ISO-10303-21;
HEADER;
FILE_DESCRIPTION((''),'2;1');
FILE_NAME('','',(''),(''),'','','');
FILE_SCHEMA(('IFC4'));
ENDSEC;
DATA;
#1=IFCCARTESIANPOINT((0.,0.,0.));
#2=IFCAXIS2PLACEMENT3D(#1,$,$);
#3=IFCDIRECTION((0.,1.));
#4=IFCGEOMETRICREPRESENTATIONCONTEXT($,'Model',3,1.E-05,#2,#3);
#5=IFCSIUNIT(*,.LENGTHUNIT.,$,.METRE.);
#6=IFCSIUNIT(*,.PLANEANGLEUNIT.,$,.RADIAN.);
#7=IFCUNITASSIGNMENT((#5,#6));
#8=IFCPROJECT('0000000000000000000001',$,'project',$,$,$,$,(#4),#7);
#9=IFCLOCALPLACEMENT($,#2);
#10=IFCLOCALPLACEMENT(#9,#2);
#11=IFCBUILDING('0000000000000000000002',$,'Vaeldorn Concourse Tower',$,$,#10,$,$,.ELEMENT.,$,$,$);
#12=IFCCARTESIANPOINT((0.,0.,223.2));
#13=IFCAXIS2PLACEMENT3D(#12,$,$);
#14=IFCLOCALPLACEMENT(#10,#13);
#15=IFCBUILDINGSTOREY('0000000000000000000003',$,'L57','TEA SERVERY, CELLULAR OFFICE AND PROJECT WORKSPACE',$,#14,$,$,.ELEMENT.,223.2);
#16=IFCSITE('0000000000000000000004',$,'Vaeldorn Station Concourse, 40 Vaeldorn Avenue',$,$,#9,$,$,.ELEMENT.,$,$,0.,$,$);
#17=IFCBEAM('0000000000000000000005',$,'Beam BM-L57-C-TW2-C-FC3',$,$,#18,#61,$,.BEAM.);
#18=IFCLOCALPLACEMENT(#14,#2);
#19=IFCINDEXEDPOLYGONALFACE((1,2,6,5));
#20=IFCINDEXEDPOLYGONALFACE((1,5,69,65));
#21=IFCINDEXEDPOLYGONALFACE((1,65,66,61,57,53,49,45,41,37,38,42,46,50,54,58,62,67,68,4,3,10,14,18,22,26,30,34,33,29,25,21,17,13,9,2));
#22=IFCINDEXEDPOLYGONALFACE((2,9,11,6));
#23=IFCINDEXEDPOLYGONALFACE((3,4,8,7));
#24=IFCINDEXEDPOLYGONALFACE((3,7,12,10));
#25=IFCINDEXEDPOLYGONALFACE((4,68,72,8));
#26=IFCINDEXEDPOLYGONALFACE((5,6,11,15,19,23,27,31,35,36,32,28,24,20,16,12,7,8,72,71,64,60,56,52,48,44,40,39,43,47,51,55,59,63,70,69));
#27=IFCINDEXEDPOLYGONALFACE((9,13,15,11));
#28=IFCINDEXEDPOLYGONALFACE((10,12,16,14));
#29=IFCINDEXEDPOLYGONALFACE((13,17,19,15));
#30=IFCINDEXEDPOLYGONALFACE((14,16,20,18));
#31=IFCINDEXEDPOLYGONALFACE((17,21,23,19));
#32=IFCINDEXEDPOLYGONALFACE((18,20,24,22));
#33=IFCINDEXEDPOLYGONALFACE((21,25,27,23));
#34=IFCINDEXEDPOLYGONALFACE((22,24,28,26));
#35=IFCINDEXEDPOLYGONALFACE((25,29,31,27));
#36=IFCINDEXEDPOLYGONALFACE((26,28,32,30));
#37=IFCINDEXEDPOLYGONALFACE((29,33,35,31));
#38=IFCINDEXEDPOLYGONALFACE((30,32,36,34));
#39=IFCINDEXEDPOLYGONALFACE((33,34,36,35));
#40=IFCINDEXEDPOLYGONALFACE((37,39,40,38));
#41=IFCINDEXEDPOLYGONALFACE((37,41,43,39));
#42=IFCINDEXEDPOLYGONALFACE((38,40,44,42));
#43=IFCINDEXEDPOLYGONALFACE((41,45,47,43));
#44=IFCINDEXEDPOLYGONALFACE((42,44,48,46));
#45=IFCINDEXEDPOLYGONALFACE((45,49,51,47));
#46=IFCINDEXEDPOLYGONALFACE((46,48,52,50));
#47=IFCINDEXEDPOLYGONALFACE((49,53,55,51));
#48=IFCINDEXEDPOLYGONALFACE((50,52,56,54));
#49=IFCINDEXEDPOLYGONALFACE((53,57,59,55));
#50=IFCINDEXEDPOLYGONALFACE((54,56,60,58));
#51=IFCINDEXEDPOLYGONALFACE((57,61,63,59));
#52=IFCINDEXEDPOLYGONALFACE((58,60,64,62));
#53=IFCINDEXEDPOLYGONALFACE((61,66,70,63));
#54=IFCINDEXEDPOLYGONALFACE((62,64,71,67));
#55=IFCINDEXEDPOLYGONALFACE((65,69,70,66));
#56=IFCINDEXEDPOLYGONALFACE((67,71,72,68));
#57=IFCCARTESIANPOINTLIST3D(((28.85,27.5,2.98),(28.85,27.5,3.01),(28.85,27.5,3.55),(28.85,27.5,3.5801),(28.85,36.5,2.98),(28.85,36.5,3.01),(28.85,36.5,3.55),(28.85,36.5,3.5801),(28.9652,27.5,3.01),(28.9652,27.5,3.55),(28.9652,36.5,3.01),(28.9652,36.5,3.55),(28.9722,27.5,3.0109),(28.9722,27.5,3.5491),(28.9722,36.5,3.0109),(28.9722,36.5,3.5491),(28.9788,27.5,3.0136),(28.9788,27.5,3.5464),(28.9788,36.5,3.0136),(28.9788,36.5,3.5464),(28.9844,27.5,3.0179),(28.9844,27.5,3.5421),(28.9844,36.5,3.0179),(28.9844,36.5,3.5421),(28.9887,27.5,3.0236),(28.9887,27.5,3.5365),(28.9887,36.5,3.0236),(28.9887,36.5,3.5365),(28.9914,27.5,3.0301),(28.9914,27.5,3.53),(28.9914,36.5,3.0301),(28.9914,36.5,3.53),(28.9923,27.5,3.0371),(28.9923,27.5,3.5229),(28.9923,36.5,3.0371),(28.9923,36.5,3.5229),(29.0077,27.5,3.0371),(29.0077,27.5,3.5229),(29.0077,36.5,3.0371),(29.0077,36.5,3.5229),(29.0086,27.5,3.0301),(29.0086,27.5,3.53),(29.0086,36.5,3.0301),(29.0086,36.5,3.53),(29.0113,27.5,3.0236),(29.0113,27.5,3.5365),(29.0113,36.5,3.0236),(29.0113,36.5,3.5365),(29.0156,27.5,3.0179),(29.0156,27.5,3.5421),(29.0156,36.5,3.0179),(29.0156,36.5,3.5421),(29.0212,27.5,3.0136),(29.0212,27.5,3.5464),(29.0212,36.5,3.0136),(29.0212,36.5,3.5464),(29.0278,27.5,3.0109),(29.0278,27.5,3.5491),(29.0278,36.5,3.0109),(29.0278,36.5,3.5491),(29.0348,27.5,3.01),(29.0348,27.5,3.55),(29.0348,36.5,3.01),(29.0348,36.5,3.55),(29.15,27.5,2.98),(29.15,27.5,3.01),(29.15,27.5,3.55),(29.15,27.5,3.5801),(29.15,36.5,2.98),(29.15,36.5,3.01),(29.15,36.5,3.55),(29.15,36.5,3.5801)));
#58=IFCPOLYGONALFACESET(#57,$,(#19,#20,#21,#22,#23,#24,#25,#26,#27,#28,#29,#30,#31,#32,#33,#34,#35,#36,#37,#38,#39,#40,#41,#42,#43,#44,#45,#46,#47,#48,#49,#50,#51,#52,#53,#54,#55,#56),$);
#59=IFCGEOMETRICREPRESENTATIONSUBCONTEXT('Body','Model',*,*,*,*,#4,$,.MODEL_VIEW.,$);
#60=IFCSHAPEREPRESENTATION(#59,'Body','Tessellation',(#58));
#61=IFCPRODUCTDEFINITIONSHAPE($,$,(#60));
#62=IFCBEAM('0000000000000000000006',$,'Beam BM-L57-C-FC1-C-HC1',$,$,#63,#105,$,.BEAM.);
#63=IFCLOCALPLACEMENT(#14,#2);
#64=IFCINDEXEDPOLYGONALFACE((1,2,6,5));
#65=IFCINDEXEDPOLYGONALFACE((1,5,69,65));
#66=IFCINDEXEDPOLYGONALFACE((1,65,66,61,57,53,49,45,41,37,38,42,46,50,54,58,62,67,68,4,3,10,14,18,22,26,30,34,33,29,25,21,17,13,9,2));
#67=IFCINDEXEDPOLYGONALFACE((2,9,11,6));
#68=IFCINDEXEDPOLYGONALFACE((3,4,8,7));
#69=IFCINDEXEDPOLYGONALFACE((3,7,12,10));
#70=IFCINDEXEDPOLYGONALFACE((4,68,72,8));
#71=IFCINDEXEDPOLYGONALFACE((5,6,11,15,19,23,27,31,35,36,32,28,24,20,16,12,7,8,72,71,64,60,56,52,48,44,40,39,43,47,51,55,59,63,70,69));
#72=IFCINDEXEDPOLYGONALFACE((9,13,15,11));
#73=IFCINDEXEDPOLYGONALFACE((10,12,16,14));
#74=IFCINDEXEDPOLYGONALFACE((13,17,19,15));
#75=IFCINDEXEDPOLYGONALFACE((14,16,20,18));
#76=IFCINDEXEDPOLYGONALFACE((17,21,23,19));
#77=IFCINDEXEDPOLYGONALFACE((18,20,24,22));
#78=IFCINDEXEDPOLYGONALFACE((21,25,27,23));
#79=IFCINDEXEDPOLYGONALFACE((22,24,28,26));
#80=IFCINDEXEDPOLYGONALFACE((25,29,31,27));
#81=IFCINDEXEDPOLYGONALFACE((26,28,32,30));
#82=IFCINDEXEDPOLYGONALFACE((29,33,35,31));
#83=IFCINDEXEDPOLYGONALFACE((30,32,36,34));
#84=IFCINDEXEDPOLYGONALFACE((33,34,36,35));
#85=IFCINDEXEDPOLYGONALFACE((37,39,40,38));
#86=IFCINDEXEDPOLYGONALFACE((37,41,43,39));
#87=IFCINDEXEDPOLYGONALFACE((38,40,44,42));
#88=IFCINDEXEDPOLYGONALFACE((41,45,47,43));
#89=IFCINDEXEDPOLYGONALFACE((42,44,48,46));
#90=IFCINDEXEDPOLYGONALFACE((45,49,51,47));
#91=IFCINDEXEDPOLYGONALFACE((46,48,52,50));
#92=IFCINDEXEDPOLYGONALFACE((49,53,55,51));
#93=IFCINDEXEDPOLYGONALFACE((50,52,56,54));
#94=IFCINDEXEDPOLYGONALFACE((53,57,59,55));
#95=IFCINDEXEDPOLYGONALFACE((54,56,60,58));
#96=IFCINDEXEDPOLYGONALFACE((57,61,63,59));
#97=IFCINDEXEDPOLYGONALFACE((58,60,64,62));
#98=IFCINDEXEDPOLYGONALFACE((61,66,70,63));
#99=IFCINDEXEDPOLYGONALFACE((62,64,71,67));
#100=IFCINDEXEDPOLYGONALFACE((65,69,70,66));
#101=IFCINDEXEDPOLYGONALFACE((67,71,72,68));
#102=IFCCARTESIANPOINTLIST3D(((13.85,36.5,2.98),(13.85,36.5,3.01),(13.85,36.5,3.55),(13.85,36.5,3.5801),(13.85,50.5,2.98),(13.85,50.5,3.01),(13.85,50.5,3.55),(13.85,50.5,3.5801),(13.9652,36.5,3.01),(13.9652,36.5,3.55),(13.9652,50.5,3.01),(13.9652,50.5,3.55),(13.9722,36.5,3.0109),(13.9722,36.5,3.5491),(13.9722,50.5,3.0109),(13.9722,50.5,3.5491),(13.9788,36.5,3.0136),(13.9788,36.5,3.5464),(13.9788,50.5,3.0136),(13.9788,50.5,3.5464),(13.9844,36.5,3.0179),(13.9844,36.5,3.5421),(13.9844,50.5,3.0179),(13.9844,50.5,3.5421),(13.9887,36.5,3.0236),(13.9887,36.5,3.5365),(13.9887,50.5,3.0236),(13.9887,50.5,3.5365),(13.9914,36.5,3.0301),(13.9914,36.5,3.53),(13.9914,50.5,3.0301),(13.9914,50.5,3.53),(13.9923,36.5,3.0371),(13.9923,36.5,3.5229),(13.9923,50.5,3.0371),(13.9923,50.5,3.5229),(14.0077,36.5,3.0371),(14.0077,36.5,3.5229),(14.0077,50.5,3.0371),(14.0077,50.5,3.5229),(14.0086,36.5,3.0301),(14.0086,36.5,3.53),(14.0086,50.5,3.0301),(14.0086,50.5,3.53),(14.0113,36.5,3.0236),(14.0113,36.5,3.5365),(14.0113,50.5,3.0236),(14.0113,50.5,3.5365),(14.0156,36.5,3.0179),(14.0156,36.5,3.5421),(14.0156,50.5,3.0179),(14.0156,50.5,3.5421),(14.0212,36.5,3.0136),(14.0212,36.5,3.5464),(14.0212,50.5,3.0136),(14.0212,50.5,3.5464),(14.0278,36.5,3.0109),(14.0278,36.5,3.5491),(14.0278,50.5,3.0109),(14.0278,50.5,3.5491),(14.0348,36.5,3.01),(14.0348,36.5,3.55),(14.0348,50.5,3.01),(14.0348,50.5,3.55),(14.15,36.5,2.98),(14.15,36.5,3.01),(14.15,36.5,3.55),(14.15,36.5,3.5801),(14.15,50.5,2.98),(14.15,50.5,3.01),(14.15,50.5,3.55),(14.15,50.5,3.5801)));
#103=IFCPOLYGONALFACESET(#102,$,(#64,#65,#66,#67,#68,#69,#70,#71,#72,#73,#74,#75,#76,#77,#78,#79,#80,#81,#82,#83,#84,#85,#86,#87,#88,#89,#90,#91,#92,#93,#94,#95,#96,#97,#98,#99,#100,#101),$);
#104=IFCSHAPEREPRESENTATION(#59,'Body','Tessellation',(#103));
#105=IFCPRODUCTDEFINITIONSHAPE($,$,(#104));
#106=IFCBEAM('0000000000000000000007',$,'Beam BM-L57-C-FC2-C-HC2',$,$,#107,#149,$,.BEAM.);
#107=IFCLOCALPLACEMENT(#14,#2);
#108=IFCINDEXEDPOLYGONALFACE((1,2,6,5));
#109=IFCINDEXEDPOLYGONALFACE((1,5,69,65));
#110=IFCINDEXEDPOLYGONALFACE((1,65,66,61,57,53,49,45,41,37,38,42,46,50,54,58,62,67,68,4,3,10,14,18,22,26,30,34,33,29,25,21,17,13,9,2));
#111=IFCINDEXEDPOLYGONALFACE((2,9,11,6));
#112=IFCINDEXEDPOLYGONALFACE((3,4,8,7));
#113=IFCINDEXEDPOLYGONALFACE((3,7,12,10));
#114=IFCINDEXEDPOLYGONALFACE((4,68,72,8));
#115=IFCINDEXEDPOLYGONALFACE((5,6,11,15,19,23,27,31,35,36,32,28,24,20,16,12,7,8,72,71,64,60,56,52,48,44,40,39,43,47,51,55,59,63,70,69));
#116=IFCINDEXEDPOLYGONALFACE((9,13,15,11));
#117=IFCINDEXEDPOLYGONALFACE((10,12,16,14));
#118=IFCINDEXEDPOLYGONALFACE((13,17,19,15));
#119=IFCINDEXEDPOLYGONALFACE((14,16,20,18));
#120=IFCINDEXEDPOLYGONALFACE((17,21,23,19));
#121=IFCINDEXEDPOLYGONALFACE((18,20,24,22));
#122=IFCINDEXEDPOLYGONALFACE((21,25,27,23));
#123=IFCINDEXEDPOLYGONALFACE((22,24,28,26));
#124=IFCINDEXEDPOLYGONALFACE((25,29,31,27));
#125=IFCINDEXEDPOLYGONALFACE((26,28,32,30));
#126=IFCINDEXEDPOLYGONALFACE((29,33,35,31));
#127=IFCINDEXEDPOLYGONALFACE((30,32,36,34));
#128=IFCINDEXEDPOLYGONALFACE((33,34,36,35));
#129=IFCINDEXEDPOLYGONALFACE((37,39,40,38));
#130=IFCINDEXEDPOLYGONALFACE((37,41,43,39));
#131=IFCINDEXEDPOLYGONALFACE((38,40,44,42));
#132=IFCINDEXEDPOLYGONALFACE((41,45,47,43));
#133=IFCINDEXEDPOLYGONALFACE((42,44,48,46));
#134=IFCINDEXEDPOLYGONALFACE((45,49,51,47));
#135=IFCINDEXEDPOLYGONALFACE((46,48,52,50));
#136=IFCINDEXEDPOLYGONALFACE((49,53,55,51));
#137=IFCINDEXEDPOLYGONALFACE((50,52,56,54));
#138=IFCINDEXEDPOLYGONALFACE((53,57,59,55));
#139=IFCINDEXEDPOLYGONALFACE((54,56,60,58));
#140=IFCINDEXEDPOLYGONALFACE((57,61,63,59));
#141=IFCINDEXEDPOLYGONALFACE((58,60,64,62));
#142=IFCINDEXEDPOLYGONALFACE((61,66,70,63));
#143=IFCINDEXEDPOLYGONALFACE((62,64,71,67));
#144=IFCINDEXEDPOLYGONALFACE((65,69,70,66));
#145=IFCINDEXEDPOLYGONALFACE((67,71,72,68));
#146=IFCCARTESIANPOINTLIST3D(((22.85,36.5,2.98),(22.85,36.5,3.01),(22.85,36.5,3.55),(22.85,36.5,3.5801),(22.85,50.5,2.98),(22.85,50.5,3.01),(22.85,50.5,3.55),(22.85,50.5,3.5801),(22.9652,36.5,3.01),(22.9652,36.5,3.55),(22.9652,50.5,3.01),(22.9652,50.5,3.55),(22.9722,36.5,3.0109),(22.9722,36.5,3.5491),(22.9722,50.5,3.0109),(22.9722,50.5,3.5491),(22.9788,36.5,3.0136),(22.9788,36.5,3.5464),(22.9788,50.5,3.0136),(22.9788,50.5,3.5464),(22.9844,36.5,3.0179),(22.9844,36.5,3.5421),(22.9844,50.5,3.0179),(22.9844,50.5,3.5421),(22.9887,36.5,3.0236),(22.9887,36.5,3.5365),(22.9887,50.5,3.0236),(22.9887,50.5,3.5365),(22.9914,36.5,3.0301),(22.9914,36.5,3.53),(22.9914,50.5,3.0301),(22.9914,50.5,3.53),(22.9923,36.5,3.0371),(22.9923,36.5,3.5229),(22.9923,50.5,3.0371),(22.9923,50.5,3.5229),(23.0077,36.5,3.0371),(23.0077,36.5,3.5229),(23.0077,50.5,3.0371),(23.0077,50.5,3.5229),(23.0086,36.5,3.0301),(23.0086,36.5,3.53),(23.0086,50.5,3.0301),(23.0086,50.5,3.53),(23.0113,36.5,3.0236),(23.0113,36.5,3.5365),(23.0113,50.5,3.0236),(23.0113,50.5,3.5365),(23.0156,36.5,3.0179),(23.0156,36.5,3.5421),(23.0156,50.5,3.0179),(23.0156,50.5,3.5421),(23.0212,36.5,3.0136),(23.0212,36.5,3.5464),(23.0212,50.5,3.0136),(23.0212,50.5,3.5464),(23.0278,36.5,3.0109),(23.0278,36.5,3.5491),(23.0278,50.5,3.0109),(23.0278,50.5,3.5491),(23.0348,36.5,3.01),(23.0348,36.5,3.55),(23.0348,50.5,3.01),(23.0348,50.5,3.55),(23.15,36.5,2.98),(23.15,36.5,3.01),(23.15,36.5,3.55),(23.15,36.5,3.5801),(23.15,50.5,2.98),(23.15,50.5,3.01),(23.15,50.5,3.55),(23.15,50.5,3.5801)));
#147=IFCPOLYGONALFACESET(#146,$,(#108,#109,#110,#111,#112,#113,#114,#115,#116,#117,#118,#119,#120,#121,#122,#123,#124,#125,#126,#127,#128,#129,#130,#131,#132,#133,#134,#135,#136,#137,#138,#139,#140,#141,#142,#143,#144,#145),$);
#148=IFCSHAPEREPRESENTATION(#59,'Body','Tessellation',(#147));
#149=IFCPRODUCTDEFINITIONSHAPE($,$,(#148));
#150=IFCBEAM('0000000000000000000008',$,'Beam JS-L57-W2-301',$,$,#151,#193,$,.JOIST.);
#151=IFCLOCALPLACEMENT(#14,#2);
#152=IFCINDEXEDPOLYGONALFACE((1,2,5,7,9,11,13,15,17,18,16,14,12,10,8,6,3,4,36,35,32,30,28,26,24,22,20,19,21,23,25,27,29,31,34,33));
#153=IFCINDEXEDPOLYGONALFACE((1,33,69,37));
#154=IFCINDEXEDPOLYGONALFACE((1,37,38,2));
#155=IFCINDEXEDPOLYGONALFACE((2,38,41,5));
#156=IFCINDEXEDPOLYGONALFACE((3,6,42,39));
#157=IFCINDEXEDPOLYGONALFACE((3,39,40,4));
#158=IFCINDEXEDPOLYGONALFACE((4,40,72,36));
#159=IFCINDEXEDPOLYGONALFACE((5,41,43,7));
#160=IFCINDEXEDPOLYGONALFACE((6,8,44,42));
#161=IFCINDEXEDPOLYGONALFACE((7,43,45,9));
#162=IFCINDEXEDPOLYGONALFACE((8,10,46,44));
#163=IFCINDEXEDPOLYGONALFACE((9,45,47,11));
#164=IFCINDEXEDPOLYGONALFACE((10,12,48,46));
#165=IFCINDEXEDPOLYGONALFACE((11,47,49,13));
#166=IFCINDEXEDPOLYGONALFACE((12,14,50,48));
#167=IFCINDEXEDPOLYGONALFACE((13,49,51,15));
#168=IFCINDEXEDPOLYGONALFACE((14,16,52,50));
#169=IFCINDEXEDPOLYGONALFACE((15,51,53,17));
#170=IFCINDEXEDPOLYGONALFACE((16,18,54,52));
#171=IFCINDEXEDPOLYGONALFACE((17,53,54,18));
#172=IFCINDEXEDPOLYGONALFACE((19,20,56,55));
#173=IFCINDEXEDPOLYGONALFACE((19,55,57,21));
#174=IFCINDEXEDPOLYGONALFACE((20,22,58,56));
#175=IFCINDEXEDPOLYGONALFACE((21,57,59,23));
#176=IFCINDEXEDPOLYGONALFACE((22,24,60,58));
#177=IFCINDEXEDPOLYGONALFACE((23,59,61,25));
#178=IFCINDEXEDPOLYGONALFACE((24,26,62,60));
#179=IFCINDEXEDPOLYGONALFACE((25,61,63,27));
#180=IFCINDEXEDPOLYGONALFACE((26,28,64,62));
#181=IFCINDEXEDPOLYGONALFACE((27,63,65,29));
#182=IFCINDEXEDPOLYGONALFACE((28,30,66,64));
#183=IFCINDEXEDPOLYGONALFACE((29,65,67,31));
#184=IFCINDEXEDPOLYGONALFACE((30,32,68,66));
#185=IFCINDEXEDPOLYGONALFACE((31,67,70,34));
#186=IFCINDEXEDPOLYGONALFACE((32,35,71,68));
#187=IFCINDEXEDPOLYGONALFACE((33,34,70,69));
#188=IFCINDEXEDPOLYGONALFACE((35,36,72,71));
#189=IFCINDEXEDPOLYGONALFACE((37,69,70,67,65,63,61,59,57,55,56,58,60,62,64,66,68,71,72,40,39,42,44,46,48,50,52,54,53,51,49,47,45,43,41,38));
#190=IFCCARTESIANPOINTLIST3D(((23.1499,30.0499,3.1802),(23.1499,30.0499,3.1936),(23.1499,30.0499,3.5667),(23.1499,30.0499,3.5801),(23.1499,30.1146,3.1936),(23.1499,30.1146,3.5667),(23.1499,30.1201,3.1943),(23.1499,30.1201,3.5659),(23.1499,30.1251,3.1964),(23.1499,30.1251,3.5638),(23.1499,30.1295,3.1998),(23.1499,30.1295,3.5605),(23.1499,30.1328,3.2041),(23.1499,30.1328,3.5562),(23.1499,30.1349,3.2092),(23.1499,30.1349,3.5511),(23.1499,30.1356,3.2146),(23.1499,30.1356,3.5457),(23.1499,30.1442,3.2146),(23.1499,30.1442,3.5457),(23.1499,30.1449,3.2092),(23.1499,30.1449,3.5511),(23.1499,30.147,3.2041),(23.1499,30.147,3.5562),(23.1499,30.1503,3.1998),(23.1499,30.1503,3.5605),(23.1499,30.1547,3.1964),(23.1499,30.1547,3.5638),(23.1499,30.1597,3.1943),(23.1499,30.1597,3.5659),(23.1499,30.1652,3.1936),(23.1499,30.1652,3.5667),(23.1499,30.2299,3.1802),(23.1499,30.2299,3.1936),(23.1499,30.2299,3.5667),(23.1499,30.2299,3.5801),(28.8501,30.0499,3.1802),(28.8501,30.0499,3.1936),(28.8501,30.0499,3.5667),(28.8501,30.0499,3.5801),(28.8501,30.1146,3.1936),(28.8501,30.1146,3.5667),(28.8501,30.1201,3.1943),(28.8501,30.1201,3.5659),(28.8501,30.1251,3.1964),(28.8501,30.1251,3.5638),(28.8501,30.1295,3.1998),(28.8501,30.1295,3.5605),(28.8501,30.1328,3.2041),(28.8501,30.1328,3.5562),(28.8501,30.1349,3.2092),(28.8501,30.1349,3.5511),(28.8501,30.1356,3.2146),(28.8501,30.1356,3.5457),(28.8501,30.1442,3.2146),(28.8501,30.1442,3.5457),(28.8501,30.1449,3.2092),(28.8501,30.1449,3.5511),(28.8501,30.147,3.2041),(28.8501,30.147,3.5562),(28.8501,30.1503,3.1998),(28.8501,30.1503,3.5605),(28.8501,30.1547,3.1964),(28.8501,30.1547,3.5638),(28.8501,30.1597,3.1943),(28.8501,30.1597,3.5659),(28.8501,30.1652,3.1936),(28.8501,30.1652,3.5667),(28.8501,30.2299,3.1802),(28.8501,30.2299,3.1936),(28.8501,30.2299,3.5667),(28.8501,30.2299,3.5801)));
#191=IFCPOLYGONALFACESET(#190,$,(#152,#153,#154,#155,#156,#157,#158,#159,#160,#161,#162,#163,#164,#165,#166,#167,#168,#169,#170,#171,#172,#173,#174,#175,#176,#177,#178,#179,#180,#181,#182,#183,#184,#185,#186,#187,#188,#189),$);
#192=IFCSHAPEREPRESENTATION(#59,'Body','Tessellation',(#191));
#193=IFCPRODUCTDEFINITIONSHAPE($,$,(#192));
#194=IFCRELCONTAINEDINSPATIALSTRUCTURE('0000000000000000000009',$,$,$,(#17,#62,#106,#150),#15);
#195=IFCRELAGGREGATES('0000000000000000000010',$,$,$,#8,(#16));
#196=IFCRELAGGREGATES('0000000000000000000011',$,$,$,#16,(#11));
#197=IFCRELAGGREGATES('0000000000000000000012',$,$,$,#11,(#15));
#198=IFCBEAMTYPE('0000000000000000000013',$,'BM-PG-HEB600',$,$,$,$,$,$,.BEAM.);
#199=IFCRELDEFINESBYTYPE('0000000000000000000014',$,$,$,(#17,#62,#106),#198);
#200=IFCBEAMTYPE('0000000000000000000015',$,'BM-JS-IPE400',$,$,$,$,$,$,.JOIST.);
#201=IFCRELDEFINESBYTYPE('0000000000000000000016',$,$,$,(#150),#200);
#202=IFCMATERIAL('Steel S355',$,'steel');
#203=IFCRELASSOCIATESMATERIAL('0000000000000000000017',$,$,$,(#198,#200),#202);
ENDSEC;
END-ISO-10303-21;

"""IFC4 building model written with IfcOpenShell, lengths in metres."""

from ifc_helpers import new_model, si_unit, direction, frame, origin, origin_2d, place, context, subcontext, project, spatial, i_section, extrude, source, transform, mapped, material, material_profile, profile_set, type_object, element, save


model = new_model("IFC4")

# Units and contexts
model_context = context("Model", 3, precision=1e-05, world=origin(), true_north=direction((0.0, 1.0)))
body_context = subcontext(model_context, "Body", "Model", "MODEL_VIEW")
ifc_project = project(units=[si_unit("LENGTHUNIT", "METRE"), si_unit("PLANEANGLEUNIT", "RADIAN")], contexts=[model_context])

# Site, building, storey
site_placement = place(None, origin())
site = spatial("IfcSite", under=ifc_project, at=site_placement, Name="Vaeldorn Station Concourse, 40 Vaeldorn Avenue", CompositionType="ELEMENT", RefElevation=0.0)
building_placement = place(site_placement, origin())
building = spatial("IfcBuilding", under=site, at=building_placement, Name="Vaeldorn Concourse Tower", CompositionType="ELEMENT")
storey_placement = place(building_placement, frame((0.0, 0.0, 223.2)))
storey = spatial("IfcBuildingStorey", under=building, at=storey_placement, Name="L57", Description="TEA SERVERY, CELLULAR OFFICE AND PROJECT WORKSPACE", CompositionType="ELEMENT", Elevation=223.2)

# Shared definitions
ifc_material_1 = material(Name="Steel S355", Category="steel")

# Beams
ifc_material_profile_1 = material_profile(ifc_material_1, i_section(OverallWidth=0.3, OverallDepth=0.6001, WebThickness=0.0154, FlangeThickness=0.03, FilletRadius=0.0271, at=origin_2d()), Name="HEB 600")
ifc_profile_set_1 = profile_set([ifc_material_profile_1], Name="Steel S355")
beam_type_1 = type_object("IfcBeamType", Name="BM-PG-HEB600", PredefinedType="BEAM", material=ifc_profile_set_1)
shared_shape_1 = source(origin(), body_context, "Body", "SweptSolid", [
    extrude(i_section(OverallWidth=0.3, OverallDepth=0.6001, WebThickness=0.0154, FlangeThickness=0.03, FilletRadius=0.0271, at=origin_2d()), origin(), (0.0, 0.0, 1.0), 9.0),
])
for number, where, z_axis, x_axis, name in (
    (1, (29.0, 27.5, 3.28), (0.0, 1.0, 0.0), (-1.0, 0.0, 0.0), "Beam BM-L57-C-TW2-C-FC3"),
):
    element("IfcBeam", number, at=place(storey_placement, frame(where, z_axis=z_axis, x_axis=x_axis)), inside=storey, type_object=beam_type_1, Name=name, PredefinedType="BEAM", context=body_context, shape_type="MappedRepresentation", body=[
        mapped(shared_shape_1, transform((0.0, 0.0, 0.0), scale=1.0)),
    ])
shared_shape_2 = source(origin(), body_context, "Body", "SweptSolid", [
    extrude(i_section(OverallWidth=0.3, OverallDepth=0.6001, WebThickness=0.0154, FlangeThickness=0.03, FilletRadius=0.0271, at=origin_2d()), origin(), (0.0, 0.0, 1.0), 14.0),
])
for number, where, z_axis, x_axis, name in (
    (2, (14.0, 36.5, 3.28), (0.0, 1.0, 0.0), (-1.0, 0.0, 0.0), "Beam BM-L57-C-FC1-C-HC1"),
    (3, (23.0, 36.5, 3.28), (0.0, 1.0, 0.0), (-1.0, 0.0, 0.0), "Beam BM-L57-C-FC2-C-HC2"),
):
    element("IfcBeam", number, at=place(storey_placement, frame(where, z_axis=z_axis, x_axis=x_axis)), inside=storey, type_object=beam_type_1, Name=name, PredefinedType="BEAM", context=body_context, shape_type="MappedRepresentation", body=[
        mapped(shared_shape_2, transform((0.0, 0.0, 0.0), scale=1.0)),
    ])
ifc_material_profile_2 = material_profile(ifc_material_1, i_section(OverallWidth=0.1799, OverallDepth=0.3999, WebThickness=0.0085, FlangeThickness=0.0134, FilletRadius=0.021, at=origin_2d()), Name="IPE 400")
ifc_profile_set_2 = profile_set([ifc_material_profile_2], Name="Steel S355")
beam_type_2 = type_object("IfcBeamType", Name="BM-JS-IPE400", PredefinedType="JOIST", material=ifc_profile_set_2)
shared_shape_3 = source(origin(), body_context, "Body", "SweptSolid", [
    extrude(i_section(OverallWidth=0.1799, OverallDepth=0.3999, WebThickness=0.0085, FlangeThickness=0.0134, FilletRadius=0.021, at=origin_2d()), origin(), (0.0, 0.0, 1.0), 5.7002),
])
for number, where, z_axis, x_axis, name in (
    (4, (23.1499, 30.1399, 3.3801), (1.0, 0.0, 0.0), (0.0, 1.0, 0.0), "Beam JS-L57-W2-301"),
):
    element("IfcBeam", number, at=place(storey_placement, frame(where, z_axis=z_axis, x_axis=x_axis)), inside=storey, type_object=beam_type_2, Name=name, PredefinedType="JOIST", context=body_context, shape_type="MappedRepresentation", body=[
        mapped(shared_shape_3, transform((0.0, 0.0, 0.0), scale=1.0)),
    ])

save(model, "model.ifc")
